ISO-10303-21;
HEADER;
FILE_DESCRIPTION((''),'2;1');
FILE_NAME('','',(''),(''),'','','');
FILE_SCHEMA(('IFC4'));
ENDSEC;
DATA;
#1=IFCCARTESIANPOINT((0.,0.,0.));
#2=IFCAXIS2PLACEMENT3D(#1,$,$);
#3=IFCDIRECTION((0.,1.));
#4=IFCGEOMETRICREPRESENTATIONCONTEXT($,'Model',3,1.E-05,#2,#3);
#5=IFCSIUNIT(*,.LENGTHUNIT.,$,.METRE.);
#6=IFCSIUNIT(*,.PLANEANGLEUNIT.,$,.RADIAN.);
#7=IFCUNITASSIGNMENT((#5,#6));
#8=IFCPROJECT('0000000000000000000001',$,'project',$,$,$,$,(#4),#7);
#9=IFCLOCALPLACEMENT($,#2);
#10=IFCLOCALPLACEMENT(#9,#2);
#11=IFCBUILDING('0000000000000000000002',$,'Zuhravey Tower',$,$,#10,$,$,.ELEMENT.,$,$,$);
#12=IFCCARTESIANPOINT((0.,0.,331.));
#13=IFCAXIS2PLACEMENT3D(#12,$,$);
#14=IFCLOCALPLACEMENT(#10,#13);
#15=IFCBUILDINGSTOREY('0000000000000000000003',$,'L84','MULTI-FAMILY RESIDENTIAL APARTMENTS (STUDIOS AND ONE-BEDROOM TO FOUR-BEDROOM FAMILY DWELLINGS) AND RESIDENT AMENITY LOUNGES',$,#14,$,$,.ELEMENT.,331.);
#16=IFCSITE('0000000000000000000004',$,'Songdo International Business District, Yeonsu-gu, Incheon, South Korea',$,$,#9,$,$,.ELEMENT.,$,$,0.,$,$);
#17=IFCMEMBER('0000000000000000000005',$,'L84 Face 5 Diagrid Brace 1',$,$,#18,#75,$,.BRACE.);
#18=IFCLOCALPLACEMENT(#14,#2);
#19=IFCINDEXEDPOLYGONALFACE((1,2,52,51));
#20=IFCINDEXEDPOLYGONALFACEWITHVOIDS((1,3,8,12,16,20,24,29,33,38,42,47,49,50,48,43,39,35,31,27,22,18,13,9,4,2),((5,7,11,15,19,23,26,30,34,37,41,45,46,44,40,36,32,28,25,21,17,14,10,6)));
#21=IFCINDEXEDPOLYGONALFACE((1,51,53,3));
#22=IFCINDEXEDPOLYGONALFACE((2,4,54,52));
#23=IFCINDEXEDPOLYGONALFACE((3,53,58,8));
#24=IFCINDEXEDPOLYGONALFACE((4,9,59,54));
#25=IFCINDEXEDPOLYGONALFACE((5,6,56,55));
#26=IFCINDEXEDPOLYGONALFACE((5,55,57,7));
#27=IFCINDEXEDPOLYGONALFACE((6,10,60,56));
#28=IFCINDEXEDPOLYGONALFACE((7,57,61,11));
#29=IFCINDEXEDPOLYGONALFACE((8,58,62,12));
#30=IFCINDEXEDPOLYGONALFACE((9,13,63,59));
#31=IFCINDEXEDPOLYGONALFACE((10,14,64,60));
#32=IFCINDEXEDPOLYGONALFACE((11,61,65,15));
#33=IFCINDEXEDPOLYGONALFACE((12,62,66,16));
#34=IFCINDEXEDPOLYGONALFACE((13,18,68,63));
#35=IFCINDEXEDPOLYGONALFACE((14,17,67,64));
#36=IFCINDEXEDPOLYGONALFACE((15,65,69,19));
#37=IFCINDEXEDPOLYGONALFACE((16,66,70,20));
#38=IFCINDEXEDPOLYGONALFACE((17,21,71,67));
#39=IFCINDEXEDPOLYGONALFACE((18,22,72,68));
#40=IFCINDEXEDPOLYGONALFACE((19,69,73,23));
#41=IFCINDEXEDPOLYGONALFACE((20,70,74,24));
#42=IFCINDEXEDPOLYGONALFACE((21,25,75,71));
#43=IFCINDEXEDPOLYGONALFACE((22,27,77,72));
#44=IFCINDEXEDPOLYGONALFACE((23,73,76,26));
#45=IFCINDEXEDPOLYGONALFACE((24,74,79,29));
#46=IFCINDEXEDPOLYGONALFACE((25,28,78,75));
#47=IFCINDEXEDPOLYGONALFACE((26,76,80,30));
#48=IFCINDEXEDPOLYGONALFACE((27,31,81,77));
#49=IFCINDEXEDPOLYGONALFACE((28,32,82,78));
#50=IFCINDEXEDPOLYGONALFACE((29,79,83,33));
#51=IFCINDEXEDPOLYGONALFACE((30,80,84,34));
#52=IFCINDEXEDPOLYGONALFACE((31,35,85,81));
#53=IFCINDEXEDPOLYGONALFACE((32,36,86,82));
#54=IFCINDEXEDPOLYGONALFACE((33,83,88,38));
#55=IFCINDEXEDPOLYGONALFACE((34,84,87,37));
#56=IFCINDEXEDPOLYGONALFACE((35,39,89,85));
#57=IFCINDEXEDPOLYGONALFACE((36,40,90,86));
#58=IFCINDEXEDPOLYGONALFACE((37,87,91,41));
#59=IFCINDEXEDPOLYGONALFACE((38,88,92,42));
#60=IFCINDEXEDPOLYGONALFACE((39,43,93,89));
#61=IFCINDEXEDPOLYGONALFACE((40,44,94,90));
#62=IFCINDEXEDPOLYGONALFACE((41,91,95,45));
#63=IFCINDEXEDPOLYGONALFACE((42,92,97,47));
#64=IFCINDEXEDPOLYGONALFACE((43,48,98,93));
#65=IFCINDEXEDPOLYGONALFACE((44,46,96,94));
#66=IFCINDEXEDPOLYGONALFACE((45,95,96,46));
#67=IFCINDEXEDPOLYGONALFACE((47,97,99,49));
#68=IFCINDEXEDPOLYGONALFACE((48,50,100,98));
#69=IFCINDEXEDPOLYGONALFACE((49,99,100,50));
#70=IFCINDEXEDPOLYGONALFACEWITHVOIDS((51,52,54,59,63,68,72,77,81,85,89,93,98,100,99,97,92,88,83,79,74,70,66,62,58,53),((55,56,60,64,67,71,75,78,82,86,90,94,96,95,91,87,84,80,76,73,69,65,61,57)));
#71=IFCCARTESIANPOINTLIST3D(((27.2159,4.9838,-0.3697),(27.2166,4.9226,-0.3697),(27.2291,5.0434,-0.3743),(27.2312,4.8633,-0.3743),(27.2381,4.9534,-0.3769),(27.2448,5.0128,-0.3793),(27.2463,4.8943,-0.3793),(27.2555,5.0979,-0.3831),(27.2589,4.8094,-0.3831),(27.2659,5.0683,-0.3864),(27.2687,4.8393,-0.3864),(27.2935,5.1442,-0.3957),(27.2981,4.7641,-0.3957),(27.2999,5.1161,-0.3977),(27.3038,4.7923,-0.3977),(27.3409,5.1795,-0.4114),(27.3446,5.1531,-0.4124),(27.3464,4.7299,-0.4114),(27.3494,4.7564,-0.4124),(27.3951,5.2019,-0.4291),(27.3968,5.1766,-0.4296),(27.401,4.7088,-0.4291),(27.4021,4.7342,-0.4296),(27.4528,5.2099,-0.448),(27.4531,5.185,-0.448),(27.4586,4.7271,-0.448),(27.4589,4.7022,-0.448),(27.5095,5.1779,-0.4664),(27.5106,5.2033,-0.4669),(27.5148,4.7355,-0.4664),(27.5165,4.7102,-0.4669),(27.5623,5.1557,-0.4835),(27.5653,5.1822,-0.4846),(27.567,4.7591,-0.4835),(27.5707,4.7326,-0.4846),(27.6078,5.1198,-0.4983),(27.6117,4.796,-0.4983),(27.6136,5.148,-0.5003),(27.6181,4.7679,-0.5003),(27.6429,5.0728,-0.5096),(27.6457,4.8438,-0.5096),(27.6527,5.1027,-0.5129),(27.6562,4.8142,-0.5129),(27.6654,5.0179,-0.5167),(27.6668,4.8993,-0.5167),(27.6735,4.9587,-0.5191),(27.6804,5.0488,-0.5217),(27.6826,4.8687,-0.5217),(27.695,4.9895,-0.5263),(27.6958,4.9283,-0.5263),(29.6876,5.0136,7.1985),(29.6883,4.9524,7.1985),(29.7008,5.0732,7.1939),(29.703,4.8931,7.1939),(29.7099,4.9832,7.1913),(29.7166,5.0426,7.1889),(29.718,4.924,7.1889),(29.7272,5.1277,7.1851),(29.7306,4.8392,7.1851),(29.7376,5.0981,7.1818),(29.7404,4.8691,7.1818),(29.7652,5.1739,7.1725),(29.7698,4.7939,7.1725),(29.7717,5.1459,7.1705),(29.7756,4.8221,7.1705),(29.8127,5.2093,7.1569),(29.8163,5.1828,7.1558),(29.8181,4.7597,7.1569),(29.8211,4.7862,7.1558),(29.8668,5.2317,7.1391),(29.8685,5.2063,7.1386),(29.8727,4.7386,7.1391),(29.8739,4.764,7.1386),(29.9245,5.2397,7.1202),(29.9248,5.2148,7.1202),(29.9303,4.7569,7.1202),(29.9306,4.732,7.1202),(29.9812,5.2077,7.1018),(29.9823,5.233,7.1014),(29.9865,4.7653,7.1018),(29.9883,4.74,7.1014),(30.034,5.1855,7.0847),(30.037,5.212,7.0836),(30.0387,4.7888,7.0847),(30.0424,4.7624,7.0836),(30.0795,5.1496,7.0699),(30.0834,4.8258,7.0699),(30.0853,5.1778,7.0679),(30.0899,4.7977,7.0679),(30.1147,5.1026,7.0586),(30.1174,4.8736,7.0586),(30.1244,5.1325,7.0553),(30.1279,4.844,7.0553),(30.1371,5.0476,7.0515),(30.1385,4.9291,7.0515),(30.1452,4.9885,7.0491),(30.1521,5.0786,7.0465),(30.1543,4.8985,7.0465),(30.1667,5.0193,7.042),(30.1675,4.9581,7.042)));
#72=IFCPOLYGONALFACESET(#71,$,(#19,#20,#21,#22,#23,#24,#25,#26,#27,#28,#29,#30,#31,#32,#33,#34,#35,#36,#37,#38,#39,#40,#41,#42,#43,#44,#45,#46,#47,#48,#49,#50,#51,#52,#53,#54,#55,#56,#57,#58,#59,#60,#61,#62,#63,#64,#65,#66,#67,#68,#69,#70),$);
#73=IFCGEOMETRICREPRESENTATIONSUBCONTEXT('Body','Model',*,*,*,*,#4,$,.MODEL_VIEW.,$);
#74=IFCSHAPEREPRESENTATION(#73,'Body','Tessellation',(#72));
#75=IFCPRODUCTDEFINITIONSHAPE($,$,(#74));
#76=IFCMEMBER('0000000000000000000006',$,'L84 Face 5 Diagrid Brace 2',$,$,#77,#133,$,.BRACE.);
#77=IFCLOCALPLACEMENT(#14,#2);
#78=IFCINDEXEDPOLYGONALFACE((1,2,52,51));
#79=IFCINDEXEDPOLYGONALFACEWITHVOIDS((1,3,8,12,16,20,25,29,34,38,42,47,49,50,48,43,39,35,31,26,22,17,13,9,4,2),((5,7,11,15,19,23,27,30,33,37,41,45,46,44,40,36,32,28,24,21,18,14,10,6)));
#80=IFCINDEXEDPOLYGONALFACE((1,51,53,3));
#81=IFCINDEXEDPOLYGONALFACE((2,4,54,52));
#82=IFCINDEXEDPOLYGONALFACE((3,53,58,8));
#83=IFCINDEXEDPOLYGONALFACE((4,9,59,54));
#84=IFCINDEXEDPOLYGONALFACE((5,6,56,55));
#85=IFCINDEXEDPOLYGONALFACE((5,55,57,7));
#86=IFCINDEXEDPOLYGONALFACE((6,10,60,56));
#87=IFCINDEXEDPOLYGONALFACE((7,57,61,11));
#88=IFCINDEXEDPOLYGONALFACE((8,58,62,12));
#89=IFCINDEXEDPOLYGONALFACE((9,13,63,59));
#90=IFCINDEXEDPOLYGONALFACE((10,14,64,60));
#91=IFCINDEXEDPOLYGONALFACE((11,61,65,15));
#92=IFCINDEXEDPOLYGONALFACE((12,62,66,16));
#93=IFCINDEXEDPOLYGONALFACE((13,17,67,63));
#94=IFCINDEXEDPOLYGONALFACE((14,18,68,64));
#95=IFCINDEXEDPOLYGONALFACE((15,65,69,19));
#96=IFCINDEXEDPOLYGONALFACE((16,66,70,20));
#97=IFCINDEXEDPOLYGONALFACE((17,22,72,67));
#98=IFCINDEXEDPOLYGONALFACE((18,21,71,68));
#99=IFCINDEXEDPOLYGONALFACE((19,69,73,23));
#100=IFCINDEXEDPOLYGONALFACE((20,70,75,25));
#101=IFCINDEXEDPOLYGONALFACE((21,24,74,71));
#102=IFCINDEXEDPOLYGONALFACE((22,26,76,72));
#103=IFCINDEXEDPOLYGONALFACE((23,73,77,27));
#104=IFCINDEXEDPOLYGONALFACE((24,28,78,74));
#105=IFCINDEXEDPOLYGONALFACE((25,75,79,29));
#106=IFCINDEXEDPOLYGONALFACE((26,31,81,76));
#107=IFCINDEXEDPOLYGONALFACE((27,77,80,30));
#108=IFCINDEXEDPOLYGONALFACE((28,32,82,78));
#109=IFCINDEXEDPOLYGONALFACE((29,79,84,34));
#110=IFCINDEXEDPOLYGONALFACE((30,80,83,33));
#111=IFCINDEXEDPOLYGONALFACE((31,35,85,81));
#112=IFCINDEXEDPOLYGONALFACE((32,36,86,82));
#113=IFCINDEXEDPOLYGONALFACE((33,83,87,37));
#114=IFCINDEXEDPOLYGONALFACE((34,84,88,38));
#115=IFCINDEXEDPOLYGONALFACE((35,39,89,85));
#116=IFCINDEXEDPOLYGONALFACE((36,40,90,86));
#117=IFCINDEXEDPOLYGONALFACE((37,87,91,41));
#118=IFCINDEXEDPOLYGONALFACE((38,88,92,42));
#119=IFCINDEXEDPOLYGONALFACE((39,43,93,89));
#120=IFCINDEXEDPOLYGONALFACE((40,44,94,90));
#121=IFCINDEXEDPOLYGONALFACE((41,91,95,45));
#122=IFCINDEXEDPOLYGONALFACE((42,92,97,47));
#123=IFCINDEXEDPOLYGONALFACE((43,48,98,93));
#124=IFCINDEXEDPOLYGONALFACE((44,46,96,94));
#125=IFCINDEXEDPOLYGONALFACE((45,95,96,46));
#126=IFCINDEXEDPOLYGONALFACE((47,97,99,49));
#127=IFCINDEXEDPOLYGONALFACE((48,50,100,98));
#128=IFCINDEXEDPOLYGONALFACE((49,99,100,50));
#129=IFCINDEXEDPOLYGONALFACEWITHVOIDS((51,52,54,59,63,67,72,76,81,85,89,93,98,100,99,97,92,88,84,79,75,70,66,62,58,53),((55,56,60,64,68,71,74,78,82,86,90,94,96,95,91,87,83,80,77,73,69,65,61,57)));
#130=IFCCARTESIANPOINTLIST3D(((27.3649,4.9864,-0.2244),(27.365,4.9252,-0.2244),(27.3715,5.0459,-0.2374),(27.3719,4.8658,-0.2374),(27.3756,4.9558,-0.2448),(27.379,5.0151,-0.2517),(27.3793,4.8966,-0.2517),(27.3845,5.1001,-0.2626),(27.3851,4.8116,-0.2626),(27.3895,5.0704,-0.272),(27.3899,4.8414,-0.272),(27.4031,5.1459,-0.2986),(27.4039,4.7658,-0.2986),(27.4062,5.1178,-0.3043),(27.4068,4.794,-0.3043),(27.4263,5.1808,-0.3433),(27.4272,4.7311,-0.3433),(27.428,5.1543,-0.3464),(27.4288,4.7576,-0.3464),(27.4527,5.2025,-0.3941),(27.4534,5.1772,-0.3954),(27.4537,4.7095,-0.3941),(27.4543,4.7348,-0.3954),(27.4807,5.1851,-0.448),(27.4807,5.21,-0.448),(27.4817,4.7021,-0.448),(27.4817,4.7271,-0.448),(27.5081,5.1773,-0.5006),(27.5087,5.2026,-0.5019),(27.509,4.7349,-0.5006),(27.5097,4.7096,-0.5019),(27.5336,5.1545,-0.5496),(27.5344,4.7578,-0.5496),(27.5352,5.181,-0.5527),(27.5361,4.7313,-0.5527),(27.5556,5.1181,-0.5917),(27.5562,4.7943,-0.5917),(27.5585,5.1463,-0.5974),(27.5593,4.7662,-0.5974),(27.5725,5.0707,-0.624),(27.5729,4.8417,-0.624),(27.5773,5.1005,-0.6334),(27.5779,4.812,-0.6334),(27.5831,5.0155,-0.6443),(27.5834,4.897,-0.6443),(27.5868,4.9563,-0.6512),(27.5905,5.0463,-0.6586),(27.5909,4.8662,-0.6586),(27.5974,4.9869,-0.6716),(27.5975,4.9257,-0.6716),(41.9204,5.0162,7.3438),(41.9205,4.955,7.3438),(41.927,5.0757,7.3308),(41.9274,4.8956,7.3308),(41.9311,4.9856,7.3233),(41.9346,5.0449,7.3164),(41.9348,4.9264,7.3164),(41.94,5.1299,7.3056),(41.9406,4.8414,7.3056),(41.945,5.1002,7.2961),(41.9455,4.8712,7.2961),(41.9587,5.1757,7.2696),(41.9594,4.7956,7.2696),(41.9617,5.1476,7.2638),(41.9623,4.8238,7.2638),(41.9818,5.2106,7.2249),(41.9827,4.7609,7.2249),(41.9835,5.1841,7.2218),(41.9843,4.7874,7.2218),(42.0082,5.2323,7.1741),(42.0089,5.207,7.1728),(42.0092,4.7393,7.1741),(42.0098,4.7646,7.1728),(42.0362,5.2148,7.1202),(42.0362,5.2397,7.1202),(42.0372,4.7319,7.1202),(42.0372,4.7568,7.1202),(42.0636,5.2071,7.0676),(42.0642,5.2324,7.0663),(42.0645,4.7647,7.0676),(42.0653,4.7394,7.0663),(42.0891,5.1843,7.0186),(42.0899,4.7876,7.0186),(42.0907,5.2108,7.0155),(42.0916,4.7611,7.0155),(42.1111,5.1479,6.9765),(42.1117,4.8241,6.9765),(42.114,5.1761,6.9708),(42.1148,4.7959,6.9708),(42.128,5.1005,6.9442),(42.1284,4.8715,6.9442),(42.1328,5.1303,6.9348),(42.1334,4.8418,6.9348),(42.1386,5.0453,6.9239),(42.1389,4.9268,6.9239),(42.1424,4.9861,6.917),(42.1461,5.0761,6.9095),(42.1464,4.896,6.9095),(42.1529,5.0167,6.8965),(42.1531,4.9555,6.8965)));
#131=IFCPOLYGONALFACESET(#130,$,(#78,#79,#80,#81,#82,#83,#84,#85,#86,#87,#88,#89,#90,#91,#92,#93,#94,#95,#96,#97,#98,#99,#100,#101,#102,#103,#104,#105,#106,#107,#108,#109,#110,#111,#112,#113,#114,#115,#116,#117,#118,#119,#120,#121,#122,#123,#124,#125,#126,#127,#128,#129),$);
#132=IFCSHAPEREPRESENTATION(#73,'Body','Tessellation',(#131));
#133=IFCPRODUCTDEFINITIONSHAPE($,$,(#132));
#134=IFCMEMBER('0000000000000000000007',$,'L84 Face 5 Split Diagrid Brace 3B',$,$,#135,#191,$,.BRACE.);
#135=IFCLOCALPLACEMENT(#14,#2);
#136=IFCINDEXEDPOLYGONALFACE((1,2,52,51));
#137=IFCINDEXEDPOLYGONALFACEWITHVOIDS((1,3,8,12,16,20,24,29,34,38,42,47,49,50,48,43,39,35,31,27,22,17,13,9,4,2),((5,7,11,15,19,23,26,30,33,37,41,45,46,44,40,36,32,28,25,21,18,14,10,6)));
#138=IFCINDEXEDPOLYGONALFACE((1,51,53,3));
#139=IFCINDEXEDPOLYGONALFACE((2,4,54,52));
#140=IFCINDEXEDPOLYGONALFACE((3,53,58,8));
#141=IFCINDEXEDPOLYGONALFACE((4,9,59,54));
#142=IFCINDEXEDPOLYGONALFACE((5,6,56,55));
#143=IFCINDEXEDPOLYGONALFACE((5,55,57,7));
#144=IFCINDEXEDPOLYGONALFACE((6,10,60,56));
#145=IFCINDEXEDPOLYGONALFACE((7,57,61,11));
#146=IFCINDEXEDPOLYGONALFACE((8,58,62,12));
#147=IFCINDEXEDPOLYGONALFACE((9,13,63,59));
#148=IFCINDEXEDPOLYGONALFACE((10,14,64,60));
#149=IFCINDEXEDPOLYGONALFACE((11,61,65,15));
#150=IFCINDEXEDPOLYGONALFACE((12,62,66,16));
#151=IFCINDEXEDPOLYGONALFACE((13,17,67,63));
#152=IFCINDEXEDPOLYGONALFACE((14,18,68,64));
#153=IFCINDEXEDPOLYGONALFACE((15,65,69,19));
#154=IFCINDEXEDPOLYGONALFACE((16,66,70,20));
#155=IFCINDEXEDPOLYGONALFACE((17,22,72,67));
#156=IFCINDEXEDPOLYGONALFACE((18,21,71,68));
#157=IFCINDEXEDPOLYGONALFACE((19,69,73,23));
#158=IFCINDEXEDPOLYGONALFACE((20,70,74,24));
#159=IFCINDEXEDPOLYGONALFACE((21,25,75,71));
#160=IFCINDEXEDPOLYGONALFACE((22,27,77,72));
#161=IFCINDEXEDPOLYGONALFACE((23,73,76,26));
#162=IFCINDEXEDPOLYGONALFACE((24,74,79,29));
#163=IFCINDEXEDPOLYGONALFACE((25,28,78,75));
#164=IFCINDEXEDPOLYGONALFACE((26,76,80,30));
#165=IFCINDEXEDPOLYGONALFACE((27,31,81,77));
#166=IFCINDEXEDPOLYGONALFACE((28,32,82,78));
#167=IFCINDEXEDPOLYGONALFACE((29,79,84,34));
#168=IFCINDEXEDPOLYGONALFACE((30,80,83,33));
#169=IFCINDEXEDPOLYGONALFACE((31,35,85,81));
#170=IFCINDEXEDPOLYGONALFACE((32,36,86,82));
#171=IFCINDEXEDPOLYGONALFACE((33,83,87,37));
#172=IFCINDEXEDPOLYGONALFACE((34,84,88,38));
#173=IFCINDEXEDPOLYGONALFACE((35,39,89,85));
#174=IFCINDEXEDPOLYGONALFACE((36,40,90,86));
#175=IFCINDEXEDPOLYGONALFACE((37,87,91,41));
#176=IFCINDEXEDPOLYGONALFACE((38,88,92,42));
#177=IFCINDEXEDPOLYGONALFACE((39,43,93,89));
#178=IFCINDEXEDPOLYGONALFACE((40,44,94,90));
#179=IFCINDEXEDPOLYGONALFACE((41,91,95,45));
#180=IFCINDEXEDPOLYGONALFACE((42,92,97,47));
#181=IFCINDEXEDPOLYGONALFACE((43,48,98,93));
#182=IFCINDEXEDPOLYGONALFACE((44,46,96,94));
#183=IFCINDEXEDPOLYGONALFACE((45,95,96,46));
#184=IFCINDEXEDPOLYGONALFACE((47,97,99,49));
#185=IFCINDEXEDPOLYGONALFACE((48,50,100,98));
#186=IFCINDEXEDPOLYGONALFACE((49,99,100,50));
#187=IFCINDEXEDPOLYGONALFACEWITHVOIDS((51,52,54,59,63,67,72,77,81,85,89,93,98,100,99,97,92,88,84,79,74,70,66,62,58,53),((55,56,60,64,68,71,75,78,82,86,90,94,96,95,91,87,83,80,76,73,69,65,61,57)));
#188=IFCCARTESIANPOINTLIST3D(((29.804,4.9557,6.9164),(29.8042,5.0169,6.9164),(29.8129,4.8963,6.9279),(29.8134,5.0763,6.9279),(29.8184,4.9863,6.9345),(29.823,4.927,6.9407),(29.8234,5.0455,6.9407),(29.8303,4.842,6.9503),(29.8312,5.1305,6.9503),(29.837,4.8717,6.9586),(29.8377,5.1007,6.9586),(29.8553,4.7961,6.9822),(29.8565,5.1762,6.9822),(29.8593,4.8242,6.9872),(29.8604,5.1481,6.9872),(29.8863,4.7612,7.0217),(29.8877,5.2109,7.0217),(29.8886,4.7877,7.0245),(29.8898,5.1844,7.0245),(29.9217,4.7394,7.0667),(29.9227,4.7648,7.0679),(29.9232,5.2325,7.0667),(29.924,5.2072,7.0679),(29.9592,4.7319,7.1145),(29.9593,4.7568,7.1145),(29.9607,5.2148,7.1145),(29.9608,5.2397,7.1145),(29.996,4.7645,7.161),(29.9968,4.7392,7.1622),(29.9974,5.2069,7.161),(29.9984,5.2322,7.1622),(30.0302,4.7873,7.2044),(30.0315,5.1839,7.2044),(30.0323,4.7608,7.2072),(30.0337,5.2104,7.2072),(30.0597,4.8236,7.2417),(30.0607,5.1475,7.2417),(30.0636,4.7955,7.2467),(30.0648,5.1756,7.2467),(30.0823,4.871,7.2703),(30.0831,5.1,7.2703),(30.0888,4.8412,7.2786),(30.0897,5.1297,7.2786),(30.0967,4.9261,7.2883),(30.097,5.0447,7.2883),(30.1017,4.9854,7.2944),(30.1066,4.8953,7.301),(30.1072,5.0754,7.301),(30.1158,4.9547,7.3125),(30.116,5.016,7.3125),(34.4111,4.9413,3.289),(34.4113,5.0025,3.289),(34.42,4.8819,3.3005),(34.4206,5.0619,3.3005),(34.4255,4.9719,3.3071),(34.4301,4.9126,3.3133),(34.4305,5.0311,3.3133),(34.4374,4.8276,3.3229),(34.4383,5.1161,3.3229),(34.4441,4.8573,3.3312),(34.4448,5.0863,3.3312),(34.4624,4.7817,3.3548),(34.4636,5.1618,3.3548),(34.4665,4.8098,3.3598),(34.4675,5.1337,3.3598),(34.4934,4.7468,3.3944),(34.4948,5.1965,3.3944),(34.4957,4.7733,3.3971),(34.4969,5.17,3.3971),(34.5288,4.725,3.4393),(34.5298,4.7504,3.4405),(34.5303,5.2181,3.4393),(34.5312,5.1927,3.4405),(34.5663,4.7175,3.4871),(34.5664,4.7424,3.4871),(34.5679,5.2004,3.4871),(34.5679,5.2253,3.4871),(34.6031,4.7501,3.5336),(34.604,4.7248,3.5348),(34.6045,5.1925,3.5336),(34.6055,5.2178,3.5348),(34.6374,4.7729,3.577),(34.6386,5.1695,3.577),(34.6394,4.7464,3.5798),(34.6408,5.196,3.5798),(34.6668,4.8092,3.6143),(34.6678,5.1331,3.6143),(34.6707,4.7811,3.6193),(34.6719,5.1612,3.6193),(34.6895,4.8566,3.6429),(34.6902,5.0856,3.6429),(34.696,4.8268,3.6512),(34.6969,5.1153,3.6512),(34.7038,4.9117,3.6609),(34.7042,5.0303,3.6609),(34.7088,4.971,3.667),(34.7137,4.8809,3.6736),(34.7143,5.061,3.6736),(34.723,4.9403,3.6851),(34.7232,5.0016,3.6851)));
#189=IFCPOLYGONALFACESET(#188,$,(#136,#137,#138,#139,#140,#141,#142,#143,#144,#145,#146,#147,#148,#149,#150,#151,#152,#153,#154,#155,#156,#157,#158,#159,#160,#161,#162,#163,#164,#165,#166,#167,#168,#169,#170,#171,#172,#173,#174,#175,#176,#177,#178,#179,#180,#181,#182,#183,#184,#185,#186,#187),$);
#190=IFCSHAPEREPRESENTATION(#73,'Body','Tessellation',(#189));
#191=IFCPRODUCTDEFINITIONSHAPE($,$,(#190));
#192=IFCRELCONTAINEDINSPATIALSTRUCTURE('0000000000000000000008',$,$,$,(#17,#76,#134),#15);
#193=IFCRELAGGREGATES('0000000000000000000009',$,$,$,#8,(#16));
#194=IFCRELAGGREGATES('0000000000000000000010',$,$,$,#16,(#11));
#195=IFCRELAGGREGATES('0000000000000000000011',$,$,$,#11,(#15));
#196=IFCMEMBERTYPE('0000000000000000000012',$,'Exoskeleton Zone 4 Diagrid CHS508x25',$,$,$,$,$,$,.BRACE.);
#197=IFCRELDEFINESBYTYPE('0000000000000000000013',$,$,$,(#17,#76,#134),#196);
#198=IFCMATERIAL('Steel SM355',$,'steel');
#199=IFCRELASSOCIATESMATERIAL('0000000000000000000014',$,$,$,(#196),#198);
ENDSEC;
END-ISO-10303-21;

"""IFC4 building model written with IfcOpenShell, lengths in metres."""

from ifc_helpers import new_model, si_unit, direction, frame, origin, origin_2d, place, context, subcontext, project, spatial, hollow_circle, extrude, material, material_profile, profile_set, type_object, element, save


model = new_model("IFC4")

# Units and contexts
model_context = context("Model", 3, precision=1e-05, world=origin(), true_north=direction((0.0, 1.0)))
body_context = subcontext(model_context, "Body", "Model", "MODEL_VIEW")
ifc_project = project(units=[si_unit("LENGTHUNIT", "METRE"), si_unit("PLANEANGLEUNIT", "RADIAN")], contexts=[model_context])

# Site, building, storey
site_placement = place(None, origin())
site = spatial("IfcSite", under=ifc_project, at=site_placement, Name="Songdo International Business District, Yeonsu-gu, Incheon, South Korea", CompositionType="ELEMENT", RefElevation=0.0)
building_placement = place(site_placement, origin())
building = spatial("IfcBuilding", under=site, at=building_placement, Name="Zuhravey Tower", CompositionType="ELEMENT")
storey_placement = place(building_placement, frame((0.0, 0.0, 331.0)))
storey = spatial("IfcBuildingStorey", under=building, at=storey_placement, Name="L84", Description="MULTI-FAMILY RESIDENTIAL APARTMENTS (STUDIOS AND ONE-BEDROOM TO FOUR-BEDROOM FAMILY DWELLINGS) AND RESIDENT AMENITY LOUNGES", CompositionType="ELEMENT", Elevation=331.0)

# Members
ifc_material_1 = material(Name="Steel SM355", Category="steel")
ifc_material_profile_1 = material_profile(ifc_material_1, hollow_circle(Radius=0.2539, WallThickness=0.0249, at=origin_2d()), Name="CHS-508.0x25")
ifc_profile_set_1 = profile_set([ifc_material_profile_1], Name="Steel SM355")
member_type_1 = type_object("IfcMemberType", Name="Exoskeleton Zone 4 Diagrid CHS508x25", PredefinedType="BRACE", material=ifc_profile_set_1)
member_1_placement = place(storey_placement, frame((27.4558, 4.9561, -0.448), z_axis=(0.310452, 0.003741, 0.950582), x_axis=(-0.01205, 0.999927, 0.0)))
element("IfcMember", 1, at=member_1_placement, inside=storey, type_object=member_type_1, Name="L84 Face 5 Diagrid Brace 1", PredefinedType="BRACE", context=body_context, shape_type="SweptSolid", body=[
    extrude(hollow_circle(Radius=0.2539, WallThickness=0.0249, at=origin_2d()), origin(), (0.0, 0.0, 1.0), 7.9617),
])
member_2_placement = place(storey_placement, frame((27.4812, 4.9561, -0.448), z_axis=(0.887233, 0.001816, 0.461318), x_axis=(-0.002046, 0.999998, 0.0)))
element("IfcMember", 2, at=member_2_placement, inside=storey, type_object=member_type_1, Name="L84 Face 5 Diagrid Brace 2", PredefinedType="BRACE", context=body_context, shape_type="SweptSolid", body=[
    extrude(hollow_circle(Radius=0.2539, WallThickness=0.0249, at=origin_2d()), origin(), (0.0, 0.0, 1.0), 16.4055),
])
member_3_placement = place(storey_placement, frame((34.5671, 4.9714, 3.4871), z_axis=(-0.785693, 0.002456, 0.618612), x_axis=(-0.003126, -0.999995, 0.0)))
element("IfcMember", 3, at=member_3_placement, inside=storey, type_object=member_type_1, Name="L84 Face 5 Split Diagrid Brace 3B", PredefinedType="BRACE", context=body_context, shape_type="SweptSolid", body=[
    extrude(hollow_circle(Radius=0.2539, WallThickness=0.0249, at=origin_2d()), origin(), (0.0, 0.0, 1.0), 5.8638),
])

save(model, "model.ifc")
